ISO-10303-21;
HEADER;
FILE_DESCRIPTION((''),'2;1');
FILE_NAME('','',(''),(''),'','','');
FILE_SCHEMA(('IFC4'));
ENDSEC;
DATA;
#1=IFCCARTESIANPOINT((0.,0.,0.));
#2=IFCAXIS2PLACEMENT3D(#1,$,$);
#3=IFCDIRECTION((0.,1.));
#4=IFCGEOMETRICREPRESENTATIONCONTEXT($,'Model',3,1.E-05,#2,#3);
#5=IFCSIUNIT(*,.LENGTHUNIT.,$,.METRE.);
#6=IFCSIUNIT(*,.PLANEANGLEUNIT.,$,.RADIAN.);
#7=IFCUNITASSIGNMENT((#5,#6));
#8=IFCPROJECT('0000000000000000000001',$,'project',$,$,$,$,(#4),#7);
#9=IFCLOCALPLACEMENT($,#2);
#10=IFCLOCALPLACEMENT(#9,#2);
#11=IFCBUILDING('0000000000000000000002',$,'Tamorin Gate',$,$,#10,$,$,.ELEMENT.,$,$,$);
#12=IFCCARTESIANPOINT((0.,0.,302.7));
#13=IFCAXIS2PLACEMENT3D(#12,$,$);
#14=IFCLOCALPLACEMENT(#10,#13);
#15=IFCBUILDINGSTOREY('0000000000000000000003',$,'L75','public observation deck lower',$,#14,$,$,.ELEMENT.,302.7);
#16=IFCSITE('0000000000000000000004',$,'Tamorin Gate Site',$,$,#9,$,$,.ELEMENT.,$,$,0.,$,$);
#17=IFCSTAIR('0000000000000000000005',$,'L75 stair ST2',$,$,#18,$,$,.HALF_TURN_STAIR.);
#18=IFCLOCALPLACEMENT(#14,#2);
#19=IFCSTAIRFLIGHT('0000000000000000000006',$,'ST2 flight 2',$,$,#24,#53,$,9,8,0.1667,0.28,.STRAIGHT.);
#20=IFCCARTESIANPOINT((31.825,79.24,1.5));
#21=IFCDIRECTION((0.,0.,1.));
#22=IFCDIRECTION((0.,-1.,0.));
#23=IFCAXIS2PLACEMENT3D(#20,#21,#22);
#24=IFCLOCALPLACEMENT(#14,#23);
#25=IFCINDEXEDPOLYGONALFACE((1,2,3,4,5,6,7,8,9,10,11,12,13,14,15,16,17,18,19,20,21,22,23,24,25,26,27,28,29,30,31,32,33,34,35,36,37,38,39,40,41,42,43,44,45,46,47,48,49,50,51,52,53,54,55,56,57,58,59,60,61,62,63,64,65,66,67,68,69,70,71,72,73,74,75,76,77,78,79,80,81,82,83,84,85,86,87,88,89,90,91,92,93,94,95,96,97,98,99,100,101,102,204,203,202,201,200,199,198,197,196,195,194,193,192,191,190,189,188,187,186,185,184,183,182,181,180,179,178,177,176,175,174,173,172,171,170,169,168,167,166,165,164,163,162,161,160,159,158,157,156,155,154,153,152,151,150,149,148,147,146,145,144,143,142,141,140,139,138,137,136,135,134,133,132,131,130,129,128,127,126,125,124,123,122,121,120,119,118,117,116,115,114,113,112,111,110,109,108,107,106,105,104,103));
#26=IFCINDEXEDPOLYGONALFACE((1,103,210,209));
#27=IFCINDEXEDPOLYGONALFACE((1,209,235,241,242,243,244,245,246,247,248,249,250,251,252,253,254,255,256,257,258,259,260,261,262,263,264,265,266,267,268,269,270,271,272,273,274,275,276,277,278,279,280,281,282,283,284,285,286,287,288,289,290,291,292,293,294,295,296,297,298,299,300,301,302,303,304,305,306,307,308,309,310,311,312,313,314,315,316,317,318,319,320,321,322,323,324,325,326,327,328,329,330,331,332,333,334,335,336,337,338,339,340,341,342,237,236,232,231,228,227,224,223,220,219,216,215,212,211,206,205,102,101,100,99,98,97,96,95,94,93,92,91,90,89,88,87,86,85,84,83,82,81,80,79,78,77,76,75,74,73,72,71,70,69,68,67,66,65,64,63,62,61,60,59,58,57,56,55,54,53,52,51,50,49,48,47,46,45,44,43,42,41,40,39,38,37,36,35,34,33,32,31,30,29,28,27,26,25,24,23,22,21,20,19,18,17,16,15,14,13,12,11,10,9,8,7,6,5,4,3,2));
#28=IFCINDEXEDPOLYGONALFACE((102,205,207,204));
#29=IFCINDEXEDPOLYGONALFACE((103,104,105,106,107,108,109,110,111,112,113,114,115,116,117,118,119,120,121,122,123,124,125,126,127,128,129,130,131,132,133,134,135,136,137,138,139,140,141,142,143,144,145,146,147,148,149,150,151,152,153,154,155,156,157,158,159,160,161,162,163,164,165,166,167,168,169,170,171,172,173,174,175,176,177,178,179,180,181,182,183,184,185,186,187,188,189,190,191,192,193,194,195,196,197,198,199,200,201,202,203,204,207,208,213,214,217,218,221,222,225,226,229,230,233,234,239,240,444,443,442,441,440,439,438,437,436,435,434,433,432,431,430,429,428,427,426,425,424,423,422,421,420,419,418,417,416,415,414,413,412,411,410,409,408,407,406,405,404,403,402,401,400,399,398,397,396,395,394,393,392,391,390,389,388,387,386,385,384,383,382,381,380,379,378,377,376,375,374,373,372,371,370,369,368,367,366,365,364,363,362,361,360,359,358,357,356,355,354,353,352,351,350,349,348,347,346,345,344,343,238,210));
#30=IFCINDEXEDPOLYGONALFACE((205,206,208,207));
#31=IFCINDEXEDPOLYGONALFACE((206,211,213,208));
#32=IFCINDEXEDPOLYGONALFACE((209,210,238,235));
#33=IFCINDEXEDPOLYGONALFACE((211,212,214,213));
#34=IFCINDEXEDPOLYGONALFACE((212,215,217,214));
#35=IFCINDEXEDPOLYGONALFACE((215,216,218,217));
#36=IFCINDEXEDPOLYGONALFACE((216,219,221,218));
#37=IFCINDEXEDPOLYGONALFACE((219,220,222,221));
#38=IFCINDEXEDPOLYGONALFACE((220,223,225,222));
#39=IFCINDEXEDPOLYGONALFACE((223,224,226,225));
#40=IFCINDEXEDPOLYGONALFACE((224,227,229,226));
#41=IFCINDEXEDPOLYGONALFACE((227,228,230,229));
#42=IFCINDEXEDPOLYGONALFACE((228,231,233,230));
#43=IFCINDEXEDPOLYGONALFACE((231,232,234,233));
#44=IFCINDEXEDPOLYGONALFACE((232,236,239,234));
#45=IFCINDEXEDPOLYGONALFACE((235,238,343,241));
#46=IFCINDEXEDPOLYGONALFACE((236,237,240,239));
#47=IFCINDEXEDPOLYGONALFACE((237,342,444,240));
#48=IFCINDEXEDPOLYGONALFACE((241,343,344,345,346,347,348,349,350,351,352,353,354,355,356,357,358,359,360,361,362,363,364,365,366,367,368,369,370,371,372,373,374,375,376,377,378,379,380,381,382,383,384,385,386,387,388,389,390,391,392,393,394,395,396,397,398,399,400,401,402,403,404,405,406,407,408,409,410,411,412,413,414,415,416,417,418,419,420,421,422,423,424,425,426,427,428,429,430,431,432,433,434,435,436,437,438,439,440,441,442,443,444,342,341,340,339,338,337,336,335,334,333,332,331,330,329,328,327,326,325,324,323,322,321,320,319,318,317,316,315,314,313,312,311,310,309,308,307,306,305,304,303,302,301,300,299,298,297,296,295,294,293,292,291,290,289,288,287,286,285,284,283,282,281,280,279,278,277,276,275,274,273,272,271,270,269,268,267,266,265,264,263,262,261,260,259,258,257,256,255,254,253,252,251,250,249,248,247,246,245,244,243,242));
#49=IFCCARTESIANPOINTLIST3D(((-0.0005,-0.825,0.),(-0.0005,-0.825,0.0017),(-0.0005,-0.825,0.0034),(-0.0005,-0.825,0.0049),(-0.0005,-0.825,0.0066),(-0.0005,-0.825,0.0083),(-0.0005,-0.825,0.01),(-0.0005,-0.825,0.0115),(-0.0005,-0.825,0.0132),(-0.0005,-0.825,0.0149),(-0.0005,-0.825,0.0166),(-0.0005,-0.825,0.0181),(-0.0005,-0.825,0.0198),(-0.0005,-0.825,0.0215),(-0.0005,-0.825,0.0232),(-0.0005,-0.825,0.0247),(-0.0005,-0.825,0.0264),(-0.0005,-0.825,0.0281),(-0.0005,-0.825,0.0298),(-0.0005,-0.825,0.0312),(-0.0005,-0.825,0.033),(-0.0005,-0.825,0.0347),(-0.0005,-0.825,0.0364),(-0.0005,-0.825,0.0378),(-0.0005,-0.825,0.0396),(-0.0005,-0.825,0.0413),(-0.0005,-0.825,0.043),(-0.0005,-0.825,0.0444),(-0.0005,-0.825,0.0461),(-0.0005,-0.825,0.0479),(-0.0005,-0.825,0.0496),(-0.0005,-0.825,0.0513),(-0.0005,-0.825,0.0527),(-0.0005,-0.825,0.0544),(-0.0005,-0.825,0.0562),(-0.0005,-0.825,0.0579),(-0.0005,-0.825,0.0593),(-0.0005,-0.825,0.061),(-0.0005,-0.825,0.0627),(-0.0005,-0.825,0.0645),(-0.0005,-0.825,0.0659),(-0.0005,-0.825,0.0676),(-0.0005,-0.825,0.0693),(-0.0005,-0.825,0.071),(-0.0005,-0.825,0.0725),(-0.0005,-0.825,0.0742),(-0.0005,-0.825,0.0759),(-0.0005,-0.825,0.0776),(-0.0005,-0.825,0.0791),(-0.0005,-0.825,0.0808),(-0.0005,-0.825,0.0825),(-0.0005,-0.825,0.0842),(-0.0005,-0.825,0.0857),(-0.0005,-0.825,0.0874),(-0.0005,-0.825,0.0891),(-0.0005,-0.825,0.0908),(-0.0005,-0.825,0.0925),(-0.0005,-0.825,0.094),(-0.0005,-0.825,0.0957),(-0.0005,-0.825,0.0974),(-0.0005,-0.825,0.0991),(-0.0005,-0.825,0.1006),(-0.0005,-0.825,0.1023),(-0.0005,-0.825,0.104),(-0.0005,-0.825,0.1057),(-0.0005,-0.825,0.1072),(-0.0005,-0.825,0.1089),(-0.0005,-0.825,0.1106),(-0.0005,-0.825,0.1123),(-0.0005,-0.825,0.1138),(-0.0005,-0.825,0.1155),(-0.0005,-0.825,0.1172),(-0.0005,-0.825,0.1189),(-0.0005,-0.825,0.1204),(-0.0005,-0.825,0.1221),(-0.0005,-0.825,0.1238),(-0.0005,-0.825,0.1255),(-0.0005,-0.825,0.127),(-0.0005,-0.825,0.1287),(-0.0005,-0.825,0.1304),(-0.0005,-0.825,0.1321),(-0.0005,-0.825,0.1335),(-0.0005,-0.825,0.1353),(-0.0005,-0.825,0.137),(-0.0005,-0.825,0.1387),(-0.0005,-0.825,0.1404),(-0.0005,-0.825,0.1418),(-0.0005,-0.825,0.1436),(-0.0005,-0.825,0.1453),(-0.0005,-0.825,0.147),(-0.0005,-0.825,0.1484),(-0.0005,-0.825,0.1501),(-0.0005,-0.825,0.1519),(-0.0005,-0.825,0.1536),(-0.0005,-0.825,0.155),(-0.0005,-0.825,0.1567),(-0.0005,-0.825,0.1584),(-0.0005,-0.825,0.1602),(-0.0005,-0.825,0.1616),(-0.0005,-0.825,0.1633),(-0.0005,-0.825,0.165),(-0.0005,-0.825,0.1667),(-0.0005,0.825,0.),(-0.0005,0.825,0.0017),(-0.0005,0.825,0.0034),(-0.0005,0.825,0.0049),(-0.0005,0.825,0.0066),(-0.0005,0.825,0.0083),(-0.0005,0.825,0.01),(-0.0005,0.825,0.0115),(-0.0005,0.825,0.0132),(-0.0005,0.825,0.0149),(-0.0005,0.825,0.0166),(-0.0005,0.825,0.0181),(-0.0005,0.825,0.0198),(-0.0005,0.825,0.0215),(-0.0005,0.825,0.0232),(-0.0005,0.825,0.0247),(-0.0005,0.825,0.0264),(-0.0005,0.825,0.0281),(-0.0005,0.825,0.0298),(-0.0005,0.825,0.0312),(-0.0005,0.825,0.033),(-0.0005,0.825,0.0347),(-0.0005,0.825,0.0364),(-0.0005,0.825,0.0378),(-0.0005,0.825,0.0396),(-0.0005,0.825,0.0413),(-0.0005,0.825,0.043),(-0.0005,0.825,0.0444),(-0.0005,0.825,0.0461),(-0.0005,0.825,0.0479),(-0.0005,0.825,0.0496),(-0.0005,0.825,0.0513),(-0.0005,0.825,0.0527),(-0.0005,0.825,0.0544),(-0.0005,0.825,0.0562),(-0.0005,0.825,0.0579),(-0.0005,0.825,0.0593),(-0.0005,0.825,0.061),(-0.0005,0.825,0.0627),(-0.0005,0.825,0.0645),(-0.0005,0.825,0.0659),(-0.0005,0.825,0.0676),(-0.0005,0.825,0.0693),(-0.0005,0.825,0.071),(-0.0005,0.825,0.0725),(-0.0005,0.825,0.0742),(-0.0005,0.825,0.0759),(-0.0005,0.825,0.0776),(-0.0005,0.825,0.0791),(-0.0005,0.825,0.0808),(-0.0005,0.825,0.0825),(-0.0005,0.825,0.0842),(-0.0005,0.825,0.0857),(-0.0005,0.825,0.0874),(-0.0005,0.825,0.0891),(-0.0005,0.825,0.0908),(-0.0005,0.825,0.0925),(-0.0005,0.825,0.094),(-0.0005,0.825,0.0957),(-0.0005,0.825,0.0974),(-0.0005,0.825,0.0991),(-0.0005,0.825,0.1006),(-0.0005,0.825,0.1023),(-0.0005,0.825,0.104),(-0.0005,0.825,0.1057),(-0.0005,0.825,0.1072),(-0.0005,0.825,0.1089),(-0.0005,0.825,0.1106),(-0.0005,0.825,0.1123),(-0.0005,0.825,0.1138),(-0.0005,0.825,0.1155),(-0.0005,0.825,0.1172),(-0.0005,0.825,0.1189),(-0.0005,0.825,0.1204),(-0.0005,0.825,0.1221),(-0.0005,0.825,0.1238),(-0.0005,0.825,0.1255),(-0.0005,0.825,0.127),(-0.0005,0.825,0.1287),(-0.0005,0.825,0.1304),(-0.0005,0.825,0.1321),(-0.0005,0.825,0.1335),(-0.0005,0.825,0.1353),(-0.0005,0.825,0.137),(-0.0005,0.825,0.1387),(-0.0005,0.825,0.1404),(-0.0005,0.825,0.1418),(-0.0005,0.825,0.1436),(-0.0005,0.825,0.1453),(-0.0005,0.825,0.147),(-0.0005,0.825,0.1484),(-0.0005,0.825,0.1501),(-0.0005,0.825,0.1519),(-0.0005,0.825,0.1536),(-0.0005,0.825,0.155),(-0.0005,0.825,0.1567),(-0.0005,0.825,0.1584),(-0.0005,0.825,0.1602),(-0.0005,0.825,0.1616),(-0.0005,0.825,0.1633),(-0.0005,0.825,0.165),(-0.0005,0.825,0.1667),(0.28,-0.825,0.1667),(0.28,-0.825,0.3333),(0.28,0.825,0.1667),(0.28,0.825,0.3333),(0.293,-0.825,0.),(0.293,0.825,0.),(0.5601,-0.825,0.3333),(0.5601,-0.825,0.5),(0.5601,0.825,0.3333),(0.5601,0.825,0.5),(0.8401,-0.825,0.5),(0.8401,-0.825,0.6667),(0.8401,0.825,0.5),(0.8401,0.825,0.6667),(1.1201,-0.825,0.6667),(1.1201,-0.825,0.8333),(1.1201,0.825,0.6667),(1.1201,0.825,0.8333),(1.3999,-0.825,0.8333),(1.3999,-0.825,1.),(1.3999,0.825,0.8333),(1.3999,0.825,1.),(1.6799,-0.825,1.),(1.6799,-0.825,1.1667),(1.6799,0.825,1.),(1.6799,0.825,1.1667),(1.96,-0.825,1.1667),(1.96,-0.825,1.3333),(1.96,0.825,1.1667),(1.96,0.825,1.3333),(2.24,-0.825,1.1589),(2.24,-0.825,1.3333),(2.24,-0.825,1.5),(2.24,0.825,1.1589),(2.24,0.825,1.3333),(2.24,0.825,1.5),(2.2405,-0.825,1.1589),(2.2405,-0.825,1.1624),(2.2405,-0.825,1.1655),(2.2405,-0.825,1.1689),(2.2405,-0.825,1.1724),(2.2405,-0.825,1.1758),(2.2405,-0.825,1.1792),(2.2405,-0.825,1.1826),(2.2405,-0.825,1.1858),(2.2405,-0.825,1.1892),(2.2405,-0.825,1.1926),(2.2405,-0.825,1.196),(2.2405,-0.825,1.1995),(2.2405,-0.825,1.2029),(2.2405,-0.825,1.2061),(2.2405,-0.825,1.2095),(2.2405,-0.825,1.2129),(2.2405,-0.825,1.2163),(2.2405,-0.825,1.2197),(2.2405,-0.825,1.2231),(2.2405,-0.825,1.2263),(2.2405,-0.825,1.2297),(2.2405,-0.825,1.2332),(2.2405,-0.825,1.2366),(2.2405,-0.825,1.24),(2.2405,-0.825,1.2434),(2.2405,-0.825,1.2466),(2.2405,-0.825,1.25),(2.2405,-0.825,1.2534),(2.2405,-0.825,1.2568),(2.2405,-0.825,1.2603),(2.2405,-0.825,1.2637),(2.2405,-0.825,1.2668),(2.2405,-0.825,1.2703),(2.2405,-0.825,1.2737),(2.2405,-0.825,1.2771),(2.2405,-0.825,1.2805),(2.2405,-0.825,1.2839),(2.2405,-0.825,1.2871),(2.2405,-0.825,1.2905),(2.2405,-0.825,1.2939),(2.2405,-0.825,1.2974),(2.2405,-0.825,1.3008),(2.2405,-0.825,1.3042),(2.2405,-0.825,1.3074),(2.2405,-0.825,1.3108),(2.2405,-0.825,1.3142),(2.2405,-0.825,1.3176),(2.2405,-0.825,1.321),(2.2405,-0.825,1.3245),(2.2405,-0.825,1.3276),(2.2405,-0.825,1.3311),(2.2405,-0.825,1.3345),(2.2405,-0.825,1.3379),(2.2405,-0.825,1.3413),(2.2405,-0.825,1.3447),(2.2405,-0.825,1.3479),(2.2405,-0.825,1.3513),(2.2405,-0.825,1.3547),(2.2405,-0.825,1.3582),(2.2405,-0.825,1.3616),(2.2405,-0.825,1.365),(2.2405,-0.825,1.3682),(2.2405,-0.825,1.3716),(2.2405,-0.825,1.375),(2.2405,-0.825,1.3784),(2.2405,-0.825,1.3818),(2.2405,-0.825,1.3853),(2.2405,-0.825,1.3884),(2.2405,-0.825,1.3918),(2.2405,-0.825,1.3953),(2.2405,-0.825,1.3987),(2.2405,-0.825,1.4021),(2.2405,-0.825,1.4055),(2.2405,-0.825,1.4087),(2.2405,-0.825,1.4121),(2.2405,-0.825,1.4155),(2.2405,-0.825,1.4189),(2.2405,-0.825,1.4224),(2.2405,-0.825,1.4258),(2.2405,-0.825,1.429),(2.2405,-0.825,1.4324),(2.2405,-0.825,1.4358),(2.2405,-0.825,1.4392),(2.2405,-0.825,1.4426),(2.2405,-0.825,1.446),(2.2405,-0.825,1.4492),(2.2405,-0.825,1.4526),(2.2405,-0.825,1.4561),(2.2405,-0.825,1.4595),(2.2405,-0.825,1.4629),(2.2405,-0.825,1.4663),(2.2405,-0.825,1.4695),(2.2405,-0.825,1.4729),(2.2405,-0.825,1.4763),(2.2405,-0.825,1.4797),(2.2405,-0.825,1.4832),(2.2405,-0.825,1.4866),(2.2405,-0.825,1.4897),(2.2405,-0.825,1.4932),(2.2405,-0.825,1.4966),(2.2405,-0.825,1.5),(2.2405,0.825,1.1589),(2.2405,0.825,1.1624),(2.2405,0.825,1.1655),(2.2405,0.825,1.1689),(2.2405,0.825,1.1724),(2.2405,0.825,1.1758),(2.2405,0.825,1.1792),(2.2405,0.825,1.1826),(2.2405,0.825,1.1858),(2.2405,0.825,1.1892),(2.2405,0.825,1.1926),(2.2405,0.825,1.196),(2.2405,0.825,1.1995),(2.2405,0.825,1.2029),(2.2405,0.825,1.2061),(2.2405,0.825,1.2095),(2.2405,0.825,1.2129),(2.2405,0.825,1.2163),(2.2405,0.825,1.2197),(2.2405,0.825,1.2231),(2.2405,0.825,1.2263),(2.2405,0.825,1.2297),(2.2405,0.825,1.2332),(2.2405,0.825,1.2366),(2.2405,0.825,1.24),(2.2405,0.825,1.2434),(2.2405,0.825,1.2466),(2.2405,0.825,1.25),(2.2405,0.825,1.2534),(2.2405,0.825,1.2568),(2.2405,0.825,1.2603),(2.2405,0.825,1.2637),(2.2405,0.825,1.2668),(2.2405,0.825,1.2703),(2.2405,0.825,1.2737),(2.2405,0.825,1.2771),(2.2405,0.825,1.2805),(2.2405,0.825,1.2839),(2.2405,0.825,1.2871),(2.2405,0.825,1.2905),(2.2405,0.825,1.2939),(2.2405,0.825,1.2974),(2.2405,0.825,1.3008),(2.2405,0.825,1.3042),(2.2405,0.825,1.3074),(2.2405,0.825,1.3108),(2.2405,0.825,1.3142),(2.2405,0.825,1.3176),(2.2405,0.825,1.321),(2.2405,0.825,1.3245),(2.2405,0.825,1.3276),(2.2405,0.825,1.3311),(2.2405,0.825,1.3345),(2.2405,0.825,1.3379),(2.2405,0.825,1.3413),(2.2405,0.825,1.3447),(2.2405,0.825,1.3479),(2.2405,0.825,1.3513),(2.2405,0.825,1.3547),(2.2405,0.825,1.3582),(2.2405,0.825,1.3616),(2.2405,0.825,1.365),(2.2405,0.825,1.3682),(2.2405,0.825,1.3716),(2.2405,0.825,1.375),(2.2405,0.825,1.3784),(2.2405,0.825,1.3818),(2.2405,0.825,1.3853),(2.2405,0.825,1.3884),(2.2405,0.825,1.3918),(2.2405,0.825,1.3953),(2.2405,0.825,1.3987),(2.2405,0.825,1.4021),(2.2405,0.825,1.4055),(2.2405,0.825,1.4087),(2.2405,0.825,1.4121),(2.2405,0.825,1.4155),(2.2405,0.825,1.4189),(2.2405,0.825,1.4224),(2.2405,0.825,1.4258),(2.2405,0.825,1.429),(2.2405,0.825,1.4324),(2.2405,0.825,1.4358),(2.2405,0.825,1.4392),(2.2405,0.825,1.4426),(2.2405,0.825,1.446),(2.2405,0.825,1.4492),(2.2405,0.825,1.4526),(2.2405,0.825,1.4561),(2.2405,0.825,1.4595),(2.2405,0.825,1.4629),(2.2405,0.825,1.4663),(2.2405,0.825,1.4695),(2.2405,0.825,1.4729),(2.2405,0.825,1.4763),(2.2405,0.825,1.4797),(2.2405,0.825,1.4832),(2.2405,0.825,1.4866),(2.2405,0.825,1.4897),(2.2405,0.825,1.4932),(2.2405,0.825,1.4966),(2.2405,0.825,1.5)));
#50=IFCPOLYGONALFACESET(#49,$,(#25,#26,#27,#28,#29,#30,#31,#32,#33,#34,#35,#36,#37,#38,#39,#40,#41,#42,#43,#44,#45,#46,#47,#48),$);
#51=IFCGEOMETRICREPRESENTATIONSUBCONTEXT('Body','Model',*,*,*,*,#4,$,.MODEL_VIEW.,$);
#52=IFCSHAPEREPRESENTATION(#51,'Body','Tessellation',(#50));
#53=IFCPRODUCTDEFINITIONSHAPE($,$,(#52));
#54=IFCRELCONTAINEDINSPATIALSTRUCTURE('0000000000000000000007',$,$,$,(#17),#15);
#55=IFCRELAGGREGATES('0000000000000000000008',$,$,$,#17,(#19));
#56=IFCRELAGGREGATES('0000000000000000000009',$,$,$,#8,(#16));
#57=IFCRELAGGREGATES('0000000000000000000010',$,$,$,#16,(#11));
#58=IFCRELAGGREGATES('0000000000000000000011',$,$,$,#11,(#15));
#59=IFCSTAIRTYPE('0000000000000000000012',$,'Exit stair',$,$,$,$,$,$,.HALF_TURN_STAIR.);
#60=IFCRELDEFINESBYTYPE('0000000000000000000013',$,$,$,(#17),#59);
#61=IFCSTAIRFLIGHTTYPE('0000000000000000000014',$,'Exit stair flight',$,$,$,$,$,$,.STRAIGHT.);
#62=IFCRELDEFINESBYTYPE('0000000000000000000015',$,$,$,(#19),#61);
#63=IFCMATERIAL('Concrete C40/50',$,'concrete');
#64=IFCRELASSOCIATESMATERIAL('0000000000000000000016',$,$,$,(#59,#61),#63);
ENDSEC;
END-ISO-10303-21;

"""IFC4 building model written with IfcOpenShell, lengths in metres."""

from ifc_helpers import new_model, si_unit, direction, frame, origin, place, context, subcontext, project, spatial, polyline, outline, extrude, material, type_object, element, aggregate, save


model = new_model("IFC4")

# Units and contexts
model_context = context("Model", 3, precision=1e-05, world=origin(), true_north=direction((0.0, 1.0)))
body_context = subcontext(model_context, "Body", "Model", "MODEL_VIEW")
ifc_project = project(units=[si_unit("LENGTHUNIT", "METRE"), si_unit("PLANEANGLEUNIT", "RADIAN")], contexts=[model_context])

# Site, building, storey
site_placement = place(None, origin())
site = spatial("IfcSite", under=ifc_project, at=site_placement, Name="Tamorin Gate Site", CompositionType="ELEMENT", RefElevation=0.0)
building_placement = place(site_placement, origin())
building = spatial("IfcBuilding", under=site, at=building_placement, Name="Tamorin Gate", CompositionType="ELEMENT")
storey_placement = place(building_placement, frame((0.0, 0.0, 302.7)))
storey = spatial("IfcBuildingStorey", under=building, at=storey_placement, Name="L75", Description="public observation deck lower", CompositionType="ELEMENT", Elevation=302.7)

# Stair, stair flight
ifc_material_1 = material(Name="Concrete C40/50", Category="concrete")
stair_type = type_object("IfcStairType", Name="Exit stair", PredefinedType="HALF_TURN_STAIR", material=ifc_material_1)
stair_placement = place(storey_placement, origin())
stair = element("IfcStair", 1, at=stair_placement, inside=storey, type_object=stair_type, Name="L75 stair ST2", PredefinedType="HALF_TURN_STAIR")
stair_flight_type = type_object("IfcStairFlightType", Name="Exit stair flight", PredefinedType="STRAIGHT", material=ifc_material_1)
stair_flight_1_placement = place(storey_placement, frame((31.825, 79.24, 1.5), z_axis=(0.0, 0.0, 1.0), x_axis=(0.0, -1.0, 0.0)))
stair_flight_1 = element("IfcStairFlight", 2, at=stair_flight_1_placement, type_object=stair_flight_type, Name="ST2 flight 2", NumberOfRisers=9, NumberOfTreads=8, PredefinedType="STRAIGHT", RiserHeight=0.1667, TreadLength=0.28, context=body_context, shape_type="SweptSolid", body=[
    extrude(outline(polyline([(-0.0005, 0.0), (-0.0005, 0.0017), (-0.0005, 0.0034), (-0.0005, 0.0049), (-0.0005, 0.0066), (-0.0005, 0.0083), (-0.0005, 0.01), (-0.0005, 0.0115), (-0.0005, 0.0132), (-0.0005, 0.0149), (-0.0005, 0.0166), (-0.0005, 0.0181), (-0.0005, 0.0198), (-0.0005, 0.0215), (-0.0005, 0.0232), (-0.0005, 0.0247), (-0.0005, 0.0264), (-0.0005, 0.0281), (-0.0005, 0.0298), (-0.0005, 0.0312), (-0.0005, 0.033), (-0.0005, 0.0347), (-0.0005, 0.0364), (-0.0005, 0.0378), (-0.0005, 0.0396), (-0.0005, 0.0413), (-0.0005, 0.043), (-0.0005, 0.0444), (-0.0005, 0.0461), (-0.0005, 0.0479), (-0.0005, 0.0496), (-0.0005, 0.0513), (-0.0005, 0.0527), (-0.0005, 0.0544), (-0.0005, 0.0562), (-0.0005, 0.0579), (-0.0005, 0.0593), (-0.0005, 0.061), (-0.0005, 0.0627), (-0.0005, 0.0645), (-0.0005, 0.0659), (-0.0005, 0.0676), (-0.0005, 0.0693), (-0.0005, 0.071), (-0.0005, 0.0725), (-0.0005, 0.0742), (-0.0005, 0.0759), (-0.0005, 0.0776), (-0.0005, 0.0791), (-0.0005, 0.0808), (-0.0005, 0.0825), (-0.0005, 0.0842), (-0.0005, 0.0857), (-0.0005, 0.0874), (-0.0005, 0.0891), (-0.0005, 0.0908), (-0.0005, 0.0925), (-0.0005, 0.094), (-0.0005, 0.0957), (-0.0005, 0.0974), (-0.0005, 0.0991), (-0.0005, 0.1006), (-0.0005, 0.1023), (-0.0005, 0.104), (-0.0005, 0.1057), (-0.0005, 0.1072), (-0.0005, 0.1089), (-0.0005, 0.1106), (-0.0005, 0.1123), (-0.0005, 0.1138), (-0.0005, 0.1155), (-0.0005, 0.1172), (-0.0005, 0.1189), (-0.0005, 0.1204), (-0.0005, 0.1221), (-0.0005, 0.1238), (-0.0005, 0.1255), (-0.0005, 0.127), (-0.0005, 0.1287), (-0.0005, 0.1304), (-0.0005, 0.1321), (-0.0005, 0.1335), (-0.0005, 0.1353), (-0.0005, 0.137), (-0.0005, 0.1387), (-0.0005, 0.1404), (-0.0005, 0.1418), (-0.0005, 0.1436), (-0.0005, 0.1453), (-0.0005, 0.147), (-0.0005, 0.1484), (-0.0005, 0.1501), (-0.0005, 0.1519), (-0.0005, 0.1536), (-0.0005, 0.155), (-0.0005, 0.1567), (-0.0005, 0.1584), (-0.0005, 0.1602), (-0.0005, 0.1616), (-0.0005, 0.1633), (-0.0005, 0.165), (-0.0005, 0.1667), (0.28, 0.1667), (0.28, 0.3333), (0.5601, 0.3333), (0.5601, 0.5), (0.8401, 0.5), (0.8401, 0.6667), (1.1201, 0.6667), (1.1201, 0.8333), (1.3999, 0.8333), (1.3999, 1.0), (1.6799, 1.0), (1.6799, 1.1667), (1.96, 1.1667), (1.96, 1.3333), (2.24, 1.3333), (2.24, 1.5), (2.2405, 1.5), (2.2405, 1.4966), (2.2405, 1.4932), (2.2405, 1.4897), (2.2405, 1.4866), (2.2405, 1.4832), (2.2405, 1.4797), (2.2405, 1.4763), (2.2405, 1.4729), (2.2405, 1.4695), (2.2405, 1.4663), (2.2405, 1.4629), (2.2405, 1.4595), (2.2405, 1.4561), (2.2405, 1.4526), (2.2405, 1.4492), (2.2405, 1.446), (2.2405, 1.4426), (2.2405, 1.4392), (2.2405, 1.4358), (2.2405, 1.4324), (2.2405, 1.429), (2.2405, 1.4258), (2.2405, 1.4224), (2.2405, 1.4189), (2.2405, 1.4155), (2.2405, 1.4121), (2.2405, 1.4087), (2.2405, 1.4055), (2.2405, 1.4021), (2.2405, 1.3987), (2.2405, 1.3953), (2.2405, 1.3918), (2.2405, 1.3884), (2.2405, 1.3853), (2.2405, 1.3818), (2.2405, 1.3784), (2.2405, 1.375), (2.2405, 1.3716), (2.2405, 1.3682), (2.2405, 1.365), (2.2405, 1.3616), (2.2405, 1.3582), (2.2405, 1.3547), (2.2405, 1.3513), (2.2405, 1.3479), (2.2405, 1.3447), (2.2405, 1.3413), (2.2405, 1.3379), (2.2405, 1.3345), (2.2405, 1.3311), (2.2405, 1.3276), (2.2405, 1.3245), (2.2405, 1.321), (2.2405, 1.3176), (2.2405, 1.3142), (2.2405, 1.3108), (2.2405, 1.3074), (2.2405, 1.3042), (2.2405, 1.3008), (2.2405, 1.2974), (2.2405, 1.2939), (2.2405, 1.2905), (2.2405, 1.2871), (2.2405, 1.2839), (2.2405, 1.2805), (2.2405, 1.2771), (2.2405, 1.2737), (2.2405, 1.2703), (2.2405, 1.2668), (2.2405, 1.2637), (2.2405, 1.2603), (2.2405, 1.2568), (2.2405, 1.2534), (2.2405, 1.25), (2.2405, 1.2466), (2.2405, 1.2434), (2.2405, 1.24), (2.2405, 1.2366), (2.2405, 1.2332), (2.2405, 1.2297), (2.2405, 1.2263), (2.2405, 1.2231), (2.2405, 1.2197), (2.2405, 1.2163), (2.2405, 1.2129), (2.2405, 1.2095), (2.2405, 1.2061), (2.2405, 1.2029), (2.2405, 1.1995), (2.2405, 1.196), (2.2405, 1.1926), (2.2405, 1.1892), (2.2405, 1.1858), (2.2405, 1.1826), (2.2405, 1.1792), (2.2405, 1.1758), (2.2405, 1.1724), (2.2405, 1.1689), (2.2405, 1.1655), (2.2405, 1.1624), (2.2405, 1.1589), (2.24, 1.1589), (0.293, 0.0), (-0.0005, 0.0)])), frame((0.0, 0.825, 0.0), z_axis=(0.0, -1.0, 0.0), x_axis=(1.0, 0.0, 0.0)), (0.0, 0.0, 1.0), 1.6499),
])
aggregate(stair, [stair_flight_1])

save(model, "model.ifc")
